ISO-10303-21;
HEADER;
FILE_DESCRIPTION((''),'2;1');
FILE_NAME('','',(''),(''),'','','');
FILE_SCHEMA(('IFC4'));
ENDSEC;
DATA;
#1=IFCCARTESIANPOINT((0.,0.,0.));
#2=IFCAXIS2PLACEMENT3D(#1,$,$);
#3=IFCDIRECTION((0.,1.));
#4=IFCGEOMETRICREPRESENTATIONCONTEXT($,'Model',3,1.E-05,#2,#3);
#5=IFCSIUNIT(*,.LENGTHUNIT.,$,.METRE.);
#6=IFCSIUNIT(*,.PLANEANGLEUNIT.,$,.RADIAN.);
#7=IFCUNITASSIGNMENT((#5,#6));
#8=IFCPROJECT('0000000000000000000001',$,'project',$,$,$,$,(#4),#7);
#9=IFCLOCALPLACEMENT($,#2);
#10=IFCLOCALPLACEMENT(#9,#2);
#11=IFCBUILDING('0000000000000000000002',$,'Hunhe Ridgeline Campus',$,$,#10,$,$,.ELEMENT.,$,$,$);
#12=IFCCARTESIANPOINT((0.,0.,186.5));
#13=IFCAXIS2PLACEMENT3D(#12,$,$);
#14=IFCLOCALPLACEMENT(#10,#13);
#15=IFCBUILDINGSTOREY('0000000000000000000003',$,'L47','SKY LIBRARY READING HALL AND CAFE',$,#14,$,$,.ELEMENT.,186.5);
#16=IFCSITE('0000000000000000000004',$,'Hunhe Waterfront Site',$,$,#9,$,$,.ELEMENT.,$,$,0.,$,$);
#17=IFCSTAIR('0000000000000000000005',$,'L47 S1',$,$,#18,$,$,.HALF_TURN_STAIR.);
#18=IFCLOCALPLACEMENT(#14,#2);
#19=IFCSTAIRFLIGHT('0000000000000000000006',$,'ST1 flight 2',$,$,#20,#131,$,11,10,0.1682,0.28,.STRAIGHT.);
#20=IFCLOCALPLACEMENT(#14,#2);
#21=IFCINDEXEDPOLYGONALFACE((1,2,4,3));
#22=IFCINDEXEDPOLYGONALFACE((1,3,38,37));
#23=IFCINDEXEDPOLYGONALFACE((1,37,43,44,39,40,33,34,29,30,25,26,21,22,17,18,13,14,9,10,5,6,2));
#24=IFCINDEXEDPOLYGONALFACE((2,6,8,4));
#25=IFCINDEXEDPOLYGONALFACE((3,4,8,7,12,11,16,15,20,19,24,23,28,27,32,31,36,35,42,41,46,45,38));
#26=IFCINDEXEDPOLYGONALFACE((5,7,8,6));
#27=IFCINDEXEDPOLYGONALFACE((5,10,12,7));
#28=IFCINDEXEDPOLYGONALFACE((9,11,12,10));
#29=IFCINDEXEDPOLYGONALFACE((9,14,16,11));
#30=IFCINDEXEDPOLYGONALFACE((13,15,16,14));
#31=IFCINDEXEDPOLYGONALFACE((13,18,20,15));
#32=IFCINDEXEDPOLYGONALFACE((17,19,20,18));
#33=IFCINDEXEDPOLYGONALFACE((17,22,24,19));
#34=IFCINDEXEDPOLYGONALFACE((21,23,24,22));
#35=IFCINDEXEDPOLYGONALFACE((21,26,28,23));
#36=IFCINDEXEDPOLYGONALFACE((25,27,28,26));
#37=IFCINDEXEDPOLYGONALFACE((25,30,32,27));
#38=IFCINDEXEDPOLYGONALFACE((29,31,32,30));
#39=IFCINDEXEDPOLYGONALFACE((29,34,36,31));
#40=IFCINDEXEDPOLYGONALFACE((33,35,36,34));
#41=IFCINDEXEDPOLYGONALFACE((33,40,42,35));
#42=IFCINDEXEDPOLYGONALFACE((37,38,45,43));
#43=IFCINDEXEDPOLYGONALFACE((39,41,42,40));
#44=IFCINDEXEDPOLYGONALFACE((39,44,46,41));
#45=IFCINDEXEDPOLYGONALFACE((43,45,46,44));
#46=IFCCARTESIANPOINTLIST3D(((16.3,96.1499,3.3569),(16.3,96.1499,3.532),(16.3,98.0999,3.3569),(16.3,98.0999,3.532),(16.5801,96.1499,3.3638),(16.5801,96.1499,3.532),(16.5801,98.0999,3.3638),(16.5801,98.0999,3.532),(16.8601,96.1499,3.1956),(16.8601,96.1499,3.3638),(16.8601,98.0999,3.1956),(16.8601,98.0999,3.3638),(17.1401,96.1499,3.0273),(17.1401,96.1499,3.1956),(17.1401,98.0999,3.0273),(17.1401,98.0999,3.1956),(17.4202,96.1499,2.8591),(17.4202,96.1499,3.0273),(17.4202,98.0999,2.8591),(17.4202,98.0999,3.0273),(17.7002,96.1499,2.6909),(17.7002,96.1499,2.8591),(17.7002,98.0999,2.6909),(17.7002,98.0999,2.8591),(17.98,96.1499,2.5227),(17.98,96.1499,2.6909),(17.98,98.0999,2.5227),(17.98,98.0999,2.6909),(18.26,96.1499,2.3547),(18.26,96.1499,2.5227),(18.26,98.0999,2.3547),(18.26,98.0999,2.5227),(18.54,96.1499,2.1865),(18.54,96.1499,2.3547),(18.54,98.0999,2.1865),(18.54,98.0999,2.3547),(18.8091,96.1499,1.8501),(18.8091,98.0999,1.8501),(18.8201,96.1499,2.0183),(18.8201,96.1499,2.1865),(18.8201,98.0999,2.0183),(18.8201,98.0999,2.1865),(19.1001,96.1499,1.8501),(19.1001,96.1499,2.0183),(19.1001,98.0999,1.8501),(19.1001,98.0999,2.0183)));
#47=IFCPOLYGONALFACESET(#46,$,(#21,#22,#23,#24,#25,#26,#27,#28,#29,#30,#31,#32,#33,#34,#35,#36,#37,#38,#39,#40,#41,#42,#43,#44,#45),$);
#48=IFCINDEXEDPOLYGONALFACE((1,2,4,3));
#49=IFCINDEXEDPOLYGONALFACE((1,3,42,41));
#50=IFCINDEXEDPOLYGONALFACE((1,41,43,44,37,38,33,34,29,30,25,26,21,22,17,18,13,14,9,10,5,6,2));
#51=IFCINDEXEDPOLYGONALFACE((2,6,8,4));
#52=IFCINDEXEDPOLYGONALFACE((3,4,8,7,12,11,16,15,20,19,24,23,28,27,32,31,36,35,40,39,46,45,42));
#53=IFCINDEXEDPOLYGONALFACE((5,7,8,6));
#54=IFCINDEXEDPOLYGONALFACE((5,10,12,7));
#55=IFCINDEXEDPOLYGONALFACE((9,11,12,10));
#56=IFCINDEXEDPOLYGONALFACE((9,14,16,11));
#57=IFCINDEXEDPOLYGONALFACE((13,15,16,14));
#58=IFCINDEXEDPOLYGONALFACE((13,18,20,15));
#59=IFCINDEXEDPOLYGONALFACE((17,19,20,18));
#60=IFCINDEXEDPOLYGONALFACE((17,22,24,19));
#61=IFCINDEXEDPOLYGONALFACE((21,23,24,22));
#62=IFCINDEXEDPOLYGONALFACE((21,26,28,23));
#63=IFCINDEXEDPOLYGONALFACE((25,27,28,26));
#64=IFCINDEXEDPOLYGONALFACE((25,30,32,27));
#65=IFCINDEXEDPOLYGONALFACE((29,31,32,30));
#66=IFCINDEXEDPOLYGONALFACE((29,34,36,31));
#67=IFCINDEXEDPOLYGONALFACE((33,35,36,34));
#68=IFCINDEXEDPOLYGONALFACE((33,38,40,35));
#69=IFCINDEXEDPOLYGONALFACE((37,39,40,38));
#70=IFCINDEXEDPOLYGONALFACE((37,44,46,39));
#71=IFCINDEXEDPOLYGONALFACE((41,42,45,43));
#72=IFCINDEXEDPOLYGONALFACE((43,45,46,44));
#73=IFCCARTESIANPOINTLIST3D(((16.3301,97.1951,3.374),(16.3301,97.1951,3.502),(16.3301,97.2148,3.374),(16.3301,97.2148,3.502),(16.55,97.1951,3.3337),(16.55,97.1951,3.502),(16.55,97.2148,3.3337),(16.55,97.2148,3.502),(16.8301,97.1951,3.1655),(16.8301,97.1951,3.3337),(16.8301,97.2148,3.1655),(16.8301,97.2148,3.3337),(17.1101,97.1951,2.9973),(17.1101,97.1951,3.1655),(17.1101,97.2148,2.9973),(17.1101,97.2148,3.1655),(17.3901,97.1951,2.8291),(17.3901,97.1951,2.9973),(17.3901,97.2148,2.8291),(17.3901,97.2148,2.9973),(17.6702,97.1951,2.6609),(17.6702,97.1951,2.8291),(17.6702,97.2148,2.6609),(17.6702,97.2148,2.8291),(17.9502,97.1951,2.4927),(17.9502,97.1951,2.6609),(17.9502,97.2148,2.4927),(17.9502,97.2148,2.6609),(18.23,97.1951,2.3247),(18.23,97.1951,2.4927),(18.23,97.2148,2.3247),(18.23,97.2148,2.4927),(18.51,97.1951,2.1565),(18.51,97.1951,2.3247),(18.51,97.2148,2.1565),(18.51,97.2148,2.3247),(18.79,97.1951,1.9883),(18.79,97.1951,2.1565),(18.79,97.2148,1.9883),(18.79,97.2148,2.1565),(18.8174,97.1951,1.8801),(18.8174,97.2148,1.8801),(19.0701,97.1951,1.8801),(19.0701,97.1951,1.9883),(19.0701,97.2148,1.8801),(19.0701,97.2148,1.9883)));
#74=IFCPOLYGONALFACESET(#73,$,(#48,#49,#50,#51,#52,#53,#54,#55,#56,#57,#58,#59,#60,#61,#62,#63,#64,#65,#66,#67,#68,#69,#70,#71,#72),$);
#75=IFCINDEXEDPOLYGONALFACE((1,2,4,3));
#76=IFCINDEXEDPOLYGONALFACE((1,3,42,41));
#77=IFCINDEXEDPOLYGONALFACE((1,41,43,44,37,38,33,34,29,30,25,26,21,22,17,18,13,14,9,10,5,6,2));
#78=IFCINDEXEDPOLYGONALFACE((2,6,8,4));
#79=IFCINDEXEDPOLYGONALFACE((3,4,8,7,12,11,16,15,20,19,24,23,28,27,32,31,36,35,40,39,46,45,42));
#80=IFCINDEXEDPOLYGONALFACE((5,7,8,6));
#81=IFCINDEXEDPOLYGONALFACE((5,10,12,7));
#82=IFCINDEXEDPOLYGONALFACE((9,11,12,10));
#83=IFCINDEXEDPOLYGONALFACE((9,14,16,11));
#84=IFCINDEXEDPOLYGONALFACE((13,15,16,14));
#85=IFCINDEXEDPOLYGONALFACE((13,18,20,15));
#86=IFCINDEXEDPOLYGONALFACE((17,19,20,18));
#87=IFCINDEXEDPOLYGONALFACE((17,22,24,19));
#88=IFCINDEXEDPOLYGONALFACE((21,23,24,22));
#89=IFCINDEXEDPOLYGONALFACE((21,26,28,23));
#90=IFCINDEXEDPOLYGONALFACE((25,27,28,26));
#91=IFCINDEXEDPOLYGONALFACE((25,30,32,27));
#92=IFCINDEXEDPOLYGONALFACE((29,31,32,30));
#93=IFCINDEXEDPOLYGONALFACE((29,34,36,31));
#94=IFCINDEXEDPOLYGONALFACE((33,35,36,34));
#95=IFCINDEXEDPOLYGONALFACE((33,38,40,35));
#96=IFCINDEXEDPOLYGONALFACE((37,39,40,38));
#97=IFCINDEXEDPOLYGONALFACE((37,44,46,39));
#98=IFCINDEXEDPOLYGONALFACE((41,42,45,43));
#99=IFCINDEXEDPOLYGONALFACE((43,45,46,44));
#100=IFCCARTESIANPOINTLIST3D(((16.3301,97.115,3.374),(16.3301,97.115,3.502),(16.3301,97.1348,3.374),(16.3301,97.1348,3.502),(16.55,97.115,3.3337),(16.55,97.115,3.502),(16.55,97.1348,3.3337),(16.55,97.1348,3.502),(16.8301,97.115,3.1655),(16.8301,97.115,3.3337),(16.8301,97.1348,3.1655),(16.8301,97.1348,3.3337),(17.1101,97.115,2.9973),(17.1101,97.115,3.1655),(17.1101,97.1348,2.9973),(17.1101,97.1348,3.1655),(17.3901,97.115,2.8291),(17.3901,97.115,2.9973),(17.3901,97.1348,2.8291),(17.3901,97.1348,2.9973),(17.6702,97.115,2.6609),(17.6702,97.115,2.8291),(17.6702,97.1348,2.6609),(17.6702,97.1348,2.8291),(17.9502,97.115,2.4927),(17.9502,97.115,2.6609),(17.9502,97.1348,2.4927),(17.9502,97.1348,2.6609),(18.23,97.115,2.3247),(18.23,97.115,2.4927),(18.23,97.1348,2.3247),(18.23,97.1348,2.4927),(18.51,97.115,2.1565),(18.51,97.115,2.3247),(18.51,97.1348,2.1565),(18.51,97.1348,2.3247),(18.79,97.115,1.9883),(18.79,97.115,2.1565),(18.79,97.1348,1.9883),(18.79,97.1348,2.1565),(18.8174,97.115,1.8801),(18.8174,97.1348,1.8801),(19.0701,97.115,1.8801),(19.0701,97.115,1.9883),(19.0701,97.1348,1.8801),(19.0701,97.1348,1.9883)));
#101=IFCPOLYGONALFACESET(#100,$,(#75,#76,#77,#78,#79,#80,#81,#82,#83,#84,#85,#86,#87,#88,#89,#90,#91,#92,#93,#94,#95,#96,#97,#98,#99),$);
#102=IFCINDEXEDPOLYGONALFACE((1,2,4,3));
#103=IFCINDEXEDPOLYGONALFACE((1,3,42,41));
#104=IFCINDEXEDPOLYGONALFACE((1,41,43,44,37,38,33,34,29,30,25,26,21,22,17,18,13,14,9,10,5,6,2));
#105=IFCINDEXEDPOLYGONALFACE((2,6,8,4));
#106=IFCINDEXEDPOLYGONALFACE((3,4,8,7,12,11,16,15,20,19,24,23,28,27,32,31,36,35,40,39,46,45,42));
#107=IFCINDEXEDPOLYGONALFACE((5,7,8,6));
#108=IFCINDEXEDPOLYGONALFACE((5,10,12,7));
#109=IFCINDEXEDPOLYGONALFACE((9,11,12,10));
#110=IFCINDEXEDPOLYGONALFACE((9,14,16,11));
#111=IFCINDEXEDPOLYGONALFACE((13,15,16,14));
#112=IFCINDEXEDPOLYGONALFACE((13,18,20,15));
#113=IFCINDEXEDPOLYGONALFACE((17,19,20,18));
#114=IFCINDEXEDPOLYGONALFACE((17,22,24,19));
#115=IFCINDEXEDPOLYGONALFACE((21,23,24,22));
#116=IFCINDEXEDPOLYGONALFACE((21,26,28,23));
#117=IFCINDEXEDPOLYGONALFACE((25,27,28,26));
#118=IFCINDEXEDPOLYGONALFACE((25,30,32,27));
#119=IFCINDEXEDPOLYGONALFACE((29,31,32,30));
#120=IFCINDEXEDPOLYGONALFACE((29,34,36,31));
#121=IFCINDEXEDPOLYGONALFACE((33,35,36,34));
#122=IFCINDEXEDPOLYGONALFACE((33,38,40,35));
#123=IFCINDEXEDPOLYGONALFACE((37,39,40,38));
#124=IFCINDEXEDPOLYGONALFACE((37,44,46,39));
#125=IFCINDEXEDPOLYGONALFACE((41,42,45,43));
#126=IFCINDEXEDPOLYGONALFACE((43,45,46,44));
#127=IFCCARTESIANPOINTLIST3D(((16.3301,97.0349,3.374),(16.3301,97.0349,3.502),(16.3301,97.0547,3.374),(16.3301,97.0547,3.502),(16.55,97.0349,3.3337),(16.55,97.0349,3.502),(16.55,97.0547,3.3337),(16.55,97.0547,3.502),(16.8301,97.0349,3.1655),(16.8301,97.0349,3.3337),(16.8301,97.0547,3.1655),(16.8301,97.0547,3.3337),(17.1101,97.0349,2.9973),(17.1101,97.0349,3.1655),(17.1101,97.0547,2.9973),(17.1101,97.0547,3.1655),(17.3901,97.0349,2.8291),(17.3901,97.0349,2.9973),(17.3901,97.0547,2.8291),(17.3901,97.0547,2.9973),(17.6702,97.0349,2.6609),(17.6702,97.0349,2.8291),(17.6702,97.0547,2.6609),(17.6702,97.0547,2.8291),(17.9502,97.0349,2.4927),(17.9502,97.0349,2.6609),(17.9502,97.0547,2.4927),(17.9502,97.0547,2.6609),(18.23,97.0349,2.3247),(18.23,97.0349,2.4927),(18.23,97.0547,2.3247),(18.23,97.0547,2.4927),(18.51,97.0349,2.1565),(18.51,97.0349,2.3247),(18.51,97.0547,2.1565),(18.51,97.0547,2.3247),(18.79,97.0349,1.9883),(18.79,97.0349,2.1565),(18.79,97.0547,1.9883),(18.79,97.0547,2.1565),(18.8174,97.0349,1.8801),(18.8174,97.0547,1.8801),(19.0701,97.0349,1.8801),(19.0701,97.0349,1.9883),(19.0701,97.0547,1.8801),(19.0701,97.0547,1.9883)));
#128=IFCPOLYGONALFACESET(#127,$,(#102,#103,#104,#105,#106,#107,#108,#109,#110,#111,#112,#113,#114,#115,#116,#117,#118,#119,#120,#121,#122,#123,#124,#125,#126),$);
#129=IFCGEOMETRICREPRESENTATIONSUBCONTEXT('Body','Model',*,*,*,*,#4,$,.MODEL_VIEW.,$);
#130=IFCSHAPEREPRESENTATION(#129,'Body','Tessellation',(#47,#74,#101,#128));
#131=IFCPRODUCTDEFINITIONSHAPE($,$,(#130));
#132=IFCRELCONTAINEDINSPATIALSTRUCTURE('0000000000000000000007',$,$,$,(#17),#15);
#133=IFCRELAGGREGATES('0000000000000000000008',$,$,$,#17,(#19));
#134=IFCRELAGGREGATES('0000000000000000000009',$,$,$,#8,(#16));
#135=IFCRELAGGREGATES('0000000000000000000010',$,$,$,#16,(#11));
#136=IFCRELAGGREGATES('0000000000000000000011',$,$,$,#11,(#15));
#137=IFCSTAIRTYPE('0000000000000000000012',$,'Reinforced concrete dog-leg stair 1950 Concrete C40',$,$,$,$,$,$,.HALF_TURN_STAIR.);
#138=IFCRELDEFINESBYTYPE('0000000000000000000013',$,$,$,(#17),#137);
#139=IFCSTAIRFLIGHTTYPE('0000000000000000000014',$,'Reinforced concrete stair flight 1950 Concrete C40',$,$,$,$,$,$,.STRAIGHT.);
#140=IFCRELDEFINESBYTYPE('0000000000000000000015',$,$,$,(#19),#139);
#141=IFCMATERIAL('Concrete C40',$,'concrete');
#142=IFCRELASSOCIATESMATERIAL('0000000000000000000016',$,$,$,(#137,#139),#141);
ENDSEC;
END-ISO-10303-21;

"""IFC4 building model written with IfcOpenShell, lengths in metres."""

from ifc_helpers import new_model, si_unit, direction, frame, origin, place, context, subcontext, project, spatial, polyline, outline, extrude, material, type_object, element, aggregate, save


model = new_model("IFC4")

# Units and contexts
model_context = context("Model", 3, precision=1e-05, world=origin(), true_north=direction((0.0, 1.0)))
body_context = subcontext(model_context, "Body", "Model", "MODEL_VIEW")
ifc_project = project(units=[si_unit("LENGTHUNIT", "METRE"), si_unit("PLANEANGLEUNIT", "RADIAN")], contexts=[model_context])

# Site, building, storey
site_placement = place(None, origin())
site = spatial("IfcSite", under=ifc_project, at=site_placement, Name="Hunhe Waterfront Site", CompositionType="ELEMENT", RefElevation=0.0)
building_placement = place(site_placement, origin())
building = spatial("IfcBuilding", under=site, at=building_placement, Name="Hunhe Ridgeline Campus", CompositionType="ELEMENT")
storey_placement = place(building_placement, frame((0.0, 0.0, 186.5)))
storey = spatial("IfcBuildingStorey", under=building, at=storey_placement, Name="L47", Description="SKY LIBRARY READING HALL AND CAFE", CompositionType="ELEMENT", Elevation=186.5)

# Stair, stair flight
ifc_material_1 = material(Name="Concrete C40", Category="concrete")
stair_type = type_object("IfcStairType", Name="Reinforced concrete dog-leg stair 1950 Concrete C40", PredefinedType="HALF_TURN_STAIR", material=ifc_material_1)
stair_placement = place(storey_placement, origin())
stair = element("IfcStair", 1, at=stair_placement, inside=storey, type_object=stair_type, Name="L47 S1", PredefinedType="HALF_TURN_STAIR")
stair_flight_type = type_object("IfcStairFlightType", Name="Reinforced concrete stair flight 1950 Concrete C40", PredefinedType="STRAIGHT", material=ifc_material_1)
stair_flight_1_placement = place(storey_placement, frame((19.1001, 97.125, 1.8501), z_axis=(0.0, 0.0, 1.0), x_axis=(-1.0, 0.0, 0.0)))
stair_flight_1 = element("IfcStairFlight", 2, at=stair_flight_1_placement, type_object=stair_flight_type, Name="ST1 flight 2", NumberOfRisers=11, NumberOfTreads=10, PredefinedType="STRAIGHT", RiserHeight=0.1682, TreadLength=0.28, context=body_context, shape_type="SweptSolid", body=[
    extrude(outline(polyline([(0.0, 0.0), (0.0, 0.1682), (0.28, 0.1682), (0.28, 0.3364), (0.5601, 0.3364), (0.5601, 0.5046), (0.8401, 0.5046), (0.8401, 0.6726), (1.1201, 0.6726), (1.1201, 0.8408), (1.3999, 0.8408), (1.3999, 1.009), (1.6799, 1.009), (1.6799, 1.1772), (1.96, 1.1772), (1.96, 1.3455), (2.24, 1.3455), (2.24, 1.5137), (2.52, 1.5137), (2.52, 1.6819), (2.8, 1.6819), (2.8, 1.8501), (2.8, 1.5068), (0.291, 0.0), (0.0, 0.0)])), frame((0.0, 0.9751, 0.0), z_axis=(0.0, -1.0, 0.0), x_axis=(1.0, 0.0, 0.0)), (0.0, 0.0, 1.0), 1.95),
    extrude(outline(polyline([(0.03, 0.03), (0.03, 0.1382), (0.3101, 0.1382), (0.3101, 0.3064), (0.5901, 0.3064), (0.5901, 0.4746), (0.8701, 0.4746), (0.8701, 0.6426), (1.1499, 0.6426), (1.1499, 0.8108), (1.4299, 0.8108), (1.4299, 0.979), (1.71, 0.979), (1.71, 1.1472), (1.99, 1.1472), (1.99, 1.3154), (2.27, 1.3154), (2.27, 1.4836), (2.55, 1.4836), (2.55, 1.6519), (2.77, 1.6519), (2.77, 1.5239), (0.2827, 0.03), (0.03, 0.03)])), frame((0.0, -0.0701, 0.0), z_axis=(0.0, -1.0, 0.0), x_axis=(1.0, 0.0, 0.0)), (0.0, 0.0, 1.0), 0.0198),
    extrude(outline(polyline([(0.03, 0.03), (0.03, 0.1382), (0.3101, 0.1382), (0.3101, 0.3064), (0.5901, 0.3064), (0.5901, 0.4746), (0.8701, 0.4746), (0.8701, 0.6426), (1.1499, 0.6426), (1.1499, 0.8108), (1.4299, 0.8108), (1.4299, 0.979), (1.71, 0.979), (1.71, 1.1472), (1.99, 1.1472), (1.99, 1.3154), (2.27, 1.3154), (2.27, 1.4836), (2.55, 1.4836), (2.55, 1.6519), (2.77, 1.6519), (2.77, 1.5239), (0.2827, 0.03), (0.03, 0.03)])), frame((0.0, 0.01, 0.0), z_axis=(0.0, -1.0, 0.0), x_axis=(1.0, 0.0, 0.0)), (0.0, 0.0, 1.0), 0.0198),
    extrude(outline(polyline([(0.03, 0.03), (0.03, 0.1382), (0.3101, 0.1382), (0.3101, 0.3064), (0.5901, 0.3064), (0.5901, 0.4746), (0.8701, 0.4746), (0.8701, 0.6426), (1.1499, 0.6426), (1.1499, 0.8108), (1.4299, 0.8108), (1.4299, 0.979), (1.71, 0.979), (1.71, 1.1472), (1.99, 1.1472), (1.99, 1.3154), (2.27, 1.3154), (2.27, 1.4836), (2.55, 1.4836), (2.55, 1.6519), (2.77, 1.6519), (2.77, 1.5239), (0.2827, 0.03), (0.03, 0.03)])), frame((0.0, 0.0901, 0.0), z_axis=(0.0, -1.0, 0.0), x_axis=(1.0, 0.0, 0.0)), (0.0, 0.0, 1.0), 0.0198),
])
aggregate(stair, [stair_flight_1])

save(model, "model.ifc")
